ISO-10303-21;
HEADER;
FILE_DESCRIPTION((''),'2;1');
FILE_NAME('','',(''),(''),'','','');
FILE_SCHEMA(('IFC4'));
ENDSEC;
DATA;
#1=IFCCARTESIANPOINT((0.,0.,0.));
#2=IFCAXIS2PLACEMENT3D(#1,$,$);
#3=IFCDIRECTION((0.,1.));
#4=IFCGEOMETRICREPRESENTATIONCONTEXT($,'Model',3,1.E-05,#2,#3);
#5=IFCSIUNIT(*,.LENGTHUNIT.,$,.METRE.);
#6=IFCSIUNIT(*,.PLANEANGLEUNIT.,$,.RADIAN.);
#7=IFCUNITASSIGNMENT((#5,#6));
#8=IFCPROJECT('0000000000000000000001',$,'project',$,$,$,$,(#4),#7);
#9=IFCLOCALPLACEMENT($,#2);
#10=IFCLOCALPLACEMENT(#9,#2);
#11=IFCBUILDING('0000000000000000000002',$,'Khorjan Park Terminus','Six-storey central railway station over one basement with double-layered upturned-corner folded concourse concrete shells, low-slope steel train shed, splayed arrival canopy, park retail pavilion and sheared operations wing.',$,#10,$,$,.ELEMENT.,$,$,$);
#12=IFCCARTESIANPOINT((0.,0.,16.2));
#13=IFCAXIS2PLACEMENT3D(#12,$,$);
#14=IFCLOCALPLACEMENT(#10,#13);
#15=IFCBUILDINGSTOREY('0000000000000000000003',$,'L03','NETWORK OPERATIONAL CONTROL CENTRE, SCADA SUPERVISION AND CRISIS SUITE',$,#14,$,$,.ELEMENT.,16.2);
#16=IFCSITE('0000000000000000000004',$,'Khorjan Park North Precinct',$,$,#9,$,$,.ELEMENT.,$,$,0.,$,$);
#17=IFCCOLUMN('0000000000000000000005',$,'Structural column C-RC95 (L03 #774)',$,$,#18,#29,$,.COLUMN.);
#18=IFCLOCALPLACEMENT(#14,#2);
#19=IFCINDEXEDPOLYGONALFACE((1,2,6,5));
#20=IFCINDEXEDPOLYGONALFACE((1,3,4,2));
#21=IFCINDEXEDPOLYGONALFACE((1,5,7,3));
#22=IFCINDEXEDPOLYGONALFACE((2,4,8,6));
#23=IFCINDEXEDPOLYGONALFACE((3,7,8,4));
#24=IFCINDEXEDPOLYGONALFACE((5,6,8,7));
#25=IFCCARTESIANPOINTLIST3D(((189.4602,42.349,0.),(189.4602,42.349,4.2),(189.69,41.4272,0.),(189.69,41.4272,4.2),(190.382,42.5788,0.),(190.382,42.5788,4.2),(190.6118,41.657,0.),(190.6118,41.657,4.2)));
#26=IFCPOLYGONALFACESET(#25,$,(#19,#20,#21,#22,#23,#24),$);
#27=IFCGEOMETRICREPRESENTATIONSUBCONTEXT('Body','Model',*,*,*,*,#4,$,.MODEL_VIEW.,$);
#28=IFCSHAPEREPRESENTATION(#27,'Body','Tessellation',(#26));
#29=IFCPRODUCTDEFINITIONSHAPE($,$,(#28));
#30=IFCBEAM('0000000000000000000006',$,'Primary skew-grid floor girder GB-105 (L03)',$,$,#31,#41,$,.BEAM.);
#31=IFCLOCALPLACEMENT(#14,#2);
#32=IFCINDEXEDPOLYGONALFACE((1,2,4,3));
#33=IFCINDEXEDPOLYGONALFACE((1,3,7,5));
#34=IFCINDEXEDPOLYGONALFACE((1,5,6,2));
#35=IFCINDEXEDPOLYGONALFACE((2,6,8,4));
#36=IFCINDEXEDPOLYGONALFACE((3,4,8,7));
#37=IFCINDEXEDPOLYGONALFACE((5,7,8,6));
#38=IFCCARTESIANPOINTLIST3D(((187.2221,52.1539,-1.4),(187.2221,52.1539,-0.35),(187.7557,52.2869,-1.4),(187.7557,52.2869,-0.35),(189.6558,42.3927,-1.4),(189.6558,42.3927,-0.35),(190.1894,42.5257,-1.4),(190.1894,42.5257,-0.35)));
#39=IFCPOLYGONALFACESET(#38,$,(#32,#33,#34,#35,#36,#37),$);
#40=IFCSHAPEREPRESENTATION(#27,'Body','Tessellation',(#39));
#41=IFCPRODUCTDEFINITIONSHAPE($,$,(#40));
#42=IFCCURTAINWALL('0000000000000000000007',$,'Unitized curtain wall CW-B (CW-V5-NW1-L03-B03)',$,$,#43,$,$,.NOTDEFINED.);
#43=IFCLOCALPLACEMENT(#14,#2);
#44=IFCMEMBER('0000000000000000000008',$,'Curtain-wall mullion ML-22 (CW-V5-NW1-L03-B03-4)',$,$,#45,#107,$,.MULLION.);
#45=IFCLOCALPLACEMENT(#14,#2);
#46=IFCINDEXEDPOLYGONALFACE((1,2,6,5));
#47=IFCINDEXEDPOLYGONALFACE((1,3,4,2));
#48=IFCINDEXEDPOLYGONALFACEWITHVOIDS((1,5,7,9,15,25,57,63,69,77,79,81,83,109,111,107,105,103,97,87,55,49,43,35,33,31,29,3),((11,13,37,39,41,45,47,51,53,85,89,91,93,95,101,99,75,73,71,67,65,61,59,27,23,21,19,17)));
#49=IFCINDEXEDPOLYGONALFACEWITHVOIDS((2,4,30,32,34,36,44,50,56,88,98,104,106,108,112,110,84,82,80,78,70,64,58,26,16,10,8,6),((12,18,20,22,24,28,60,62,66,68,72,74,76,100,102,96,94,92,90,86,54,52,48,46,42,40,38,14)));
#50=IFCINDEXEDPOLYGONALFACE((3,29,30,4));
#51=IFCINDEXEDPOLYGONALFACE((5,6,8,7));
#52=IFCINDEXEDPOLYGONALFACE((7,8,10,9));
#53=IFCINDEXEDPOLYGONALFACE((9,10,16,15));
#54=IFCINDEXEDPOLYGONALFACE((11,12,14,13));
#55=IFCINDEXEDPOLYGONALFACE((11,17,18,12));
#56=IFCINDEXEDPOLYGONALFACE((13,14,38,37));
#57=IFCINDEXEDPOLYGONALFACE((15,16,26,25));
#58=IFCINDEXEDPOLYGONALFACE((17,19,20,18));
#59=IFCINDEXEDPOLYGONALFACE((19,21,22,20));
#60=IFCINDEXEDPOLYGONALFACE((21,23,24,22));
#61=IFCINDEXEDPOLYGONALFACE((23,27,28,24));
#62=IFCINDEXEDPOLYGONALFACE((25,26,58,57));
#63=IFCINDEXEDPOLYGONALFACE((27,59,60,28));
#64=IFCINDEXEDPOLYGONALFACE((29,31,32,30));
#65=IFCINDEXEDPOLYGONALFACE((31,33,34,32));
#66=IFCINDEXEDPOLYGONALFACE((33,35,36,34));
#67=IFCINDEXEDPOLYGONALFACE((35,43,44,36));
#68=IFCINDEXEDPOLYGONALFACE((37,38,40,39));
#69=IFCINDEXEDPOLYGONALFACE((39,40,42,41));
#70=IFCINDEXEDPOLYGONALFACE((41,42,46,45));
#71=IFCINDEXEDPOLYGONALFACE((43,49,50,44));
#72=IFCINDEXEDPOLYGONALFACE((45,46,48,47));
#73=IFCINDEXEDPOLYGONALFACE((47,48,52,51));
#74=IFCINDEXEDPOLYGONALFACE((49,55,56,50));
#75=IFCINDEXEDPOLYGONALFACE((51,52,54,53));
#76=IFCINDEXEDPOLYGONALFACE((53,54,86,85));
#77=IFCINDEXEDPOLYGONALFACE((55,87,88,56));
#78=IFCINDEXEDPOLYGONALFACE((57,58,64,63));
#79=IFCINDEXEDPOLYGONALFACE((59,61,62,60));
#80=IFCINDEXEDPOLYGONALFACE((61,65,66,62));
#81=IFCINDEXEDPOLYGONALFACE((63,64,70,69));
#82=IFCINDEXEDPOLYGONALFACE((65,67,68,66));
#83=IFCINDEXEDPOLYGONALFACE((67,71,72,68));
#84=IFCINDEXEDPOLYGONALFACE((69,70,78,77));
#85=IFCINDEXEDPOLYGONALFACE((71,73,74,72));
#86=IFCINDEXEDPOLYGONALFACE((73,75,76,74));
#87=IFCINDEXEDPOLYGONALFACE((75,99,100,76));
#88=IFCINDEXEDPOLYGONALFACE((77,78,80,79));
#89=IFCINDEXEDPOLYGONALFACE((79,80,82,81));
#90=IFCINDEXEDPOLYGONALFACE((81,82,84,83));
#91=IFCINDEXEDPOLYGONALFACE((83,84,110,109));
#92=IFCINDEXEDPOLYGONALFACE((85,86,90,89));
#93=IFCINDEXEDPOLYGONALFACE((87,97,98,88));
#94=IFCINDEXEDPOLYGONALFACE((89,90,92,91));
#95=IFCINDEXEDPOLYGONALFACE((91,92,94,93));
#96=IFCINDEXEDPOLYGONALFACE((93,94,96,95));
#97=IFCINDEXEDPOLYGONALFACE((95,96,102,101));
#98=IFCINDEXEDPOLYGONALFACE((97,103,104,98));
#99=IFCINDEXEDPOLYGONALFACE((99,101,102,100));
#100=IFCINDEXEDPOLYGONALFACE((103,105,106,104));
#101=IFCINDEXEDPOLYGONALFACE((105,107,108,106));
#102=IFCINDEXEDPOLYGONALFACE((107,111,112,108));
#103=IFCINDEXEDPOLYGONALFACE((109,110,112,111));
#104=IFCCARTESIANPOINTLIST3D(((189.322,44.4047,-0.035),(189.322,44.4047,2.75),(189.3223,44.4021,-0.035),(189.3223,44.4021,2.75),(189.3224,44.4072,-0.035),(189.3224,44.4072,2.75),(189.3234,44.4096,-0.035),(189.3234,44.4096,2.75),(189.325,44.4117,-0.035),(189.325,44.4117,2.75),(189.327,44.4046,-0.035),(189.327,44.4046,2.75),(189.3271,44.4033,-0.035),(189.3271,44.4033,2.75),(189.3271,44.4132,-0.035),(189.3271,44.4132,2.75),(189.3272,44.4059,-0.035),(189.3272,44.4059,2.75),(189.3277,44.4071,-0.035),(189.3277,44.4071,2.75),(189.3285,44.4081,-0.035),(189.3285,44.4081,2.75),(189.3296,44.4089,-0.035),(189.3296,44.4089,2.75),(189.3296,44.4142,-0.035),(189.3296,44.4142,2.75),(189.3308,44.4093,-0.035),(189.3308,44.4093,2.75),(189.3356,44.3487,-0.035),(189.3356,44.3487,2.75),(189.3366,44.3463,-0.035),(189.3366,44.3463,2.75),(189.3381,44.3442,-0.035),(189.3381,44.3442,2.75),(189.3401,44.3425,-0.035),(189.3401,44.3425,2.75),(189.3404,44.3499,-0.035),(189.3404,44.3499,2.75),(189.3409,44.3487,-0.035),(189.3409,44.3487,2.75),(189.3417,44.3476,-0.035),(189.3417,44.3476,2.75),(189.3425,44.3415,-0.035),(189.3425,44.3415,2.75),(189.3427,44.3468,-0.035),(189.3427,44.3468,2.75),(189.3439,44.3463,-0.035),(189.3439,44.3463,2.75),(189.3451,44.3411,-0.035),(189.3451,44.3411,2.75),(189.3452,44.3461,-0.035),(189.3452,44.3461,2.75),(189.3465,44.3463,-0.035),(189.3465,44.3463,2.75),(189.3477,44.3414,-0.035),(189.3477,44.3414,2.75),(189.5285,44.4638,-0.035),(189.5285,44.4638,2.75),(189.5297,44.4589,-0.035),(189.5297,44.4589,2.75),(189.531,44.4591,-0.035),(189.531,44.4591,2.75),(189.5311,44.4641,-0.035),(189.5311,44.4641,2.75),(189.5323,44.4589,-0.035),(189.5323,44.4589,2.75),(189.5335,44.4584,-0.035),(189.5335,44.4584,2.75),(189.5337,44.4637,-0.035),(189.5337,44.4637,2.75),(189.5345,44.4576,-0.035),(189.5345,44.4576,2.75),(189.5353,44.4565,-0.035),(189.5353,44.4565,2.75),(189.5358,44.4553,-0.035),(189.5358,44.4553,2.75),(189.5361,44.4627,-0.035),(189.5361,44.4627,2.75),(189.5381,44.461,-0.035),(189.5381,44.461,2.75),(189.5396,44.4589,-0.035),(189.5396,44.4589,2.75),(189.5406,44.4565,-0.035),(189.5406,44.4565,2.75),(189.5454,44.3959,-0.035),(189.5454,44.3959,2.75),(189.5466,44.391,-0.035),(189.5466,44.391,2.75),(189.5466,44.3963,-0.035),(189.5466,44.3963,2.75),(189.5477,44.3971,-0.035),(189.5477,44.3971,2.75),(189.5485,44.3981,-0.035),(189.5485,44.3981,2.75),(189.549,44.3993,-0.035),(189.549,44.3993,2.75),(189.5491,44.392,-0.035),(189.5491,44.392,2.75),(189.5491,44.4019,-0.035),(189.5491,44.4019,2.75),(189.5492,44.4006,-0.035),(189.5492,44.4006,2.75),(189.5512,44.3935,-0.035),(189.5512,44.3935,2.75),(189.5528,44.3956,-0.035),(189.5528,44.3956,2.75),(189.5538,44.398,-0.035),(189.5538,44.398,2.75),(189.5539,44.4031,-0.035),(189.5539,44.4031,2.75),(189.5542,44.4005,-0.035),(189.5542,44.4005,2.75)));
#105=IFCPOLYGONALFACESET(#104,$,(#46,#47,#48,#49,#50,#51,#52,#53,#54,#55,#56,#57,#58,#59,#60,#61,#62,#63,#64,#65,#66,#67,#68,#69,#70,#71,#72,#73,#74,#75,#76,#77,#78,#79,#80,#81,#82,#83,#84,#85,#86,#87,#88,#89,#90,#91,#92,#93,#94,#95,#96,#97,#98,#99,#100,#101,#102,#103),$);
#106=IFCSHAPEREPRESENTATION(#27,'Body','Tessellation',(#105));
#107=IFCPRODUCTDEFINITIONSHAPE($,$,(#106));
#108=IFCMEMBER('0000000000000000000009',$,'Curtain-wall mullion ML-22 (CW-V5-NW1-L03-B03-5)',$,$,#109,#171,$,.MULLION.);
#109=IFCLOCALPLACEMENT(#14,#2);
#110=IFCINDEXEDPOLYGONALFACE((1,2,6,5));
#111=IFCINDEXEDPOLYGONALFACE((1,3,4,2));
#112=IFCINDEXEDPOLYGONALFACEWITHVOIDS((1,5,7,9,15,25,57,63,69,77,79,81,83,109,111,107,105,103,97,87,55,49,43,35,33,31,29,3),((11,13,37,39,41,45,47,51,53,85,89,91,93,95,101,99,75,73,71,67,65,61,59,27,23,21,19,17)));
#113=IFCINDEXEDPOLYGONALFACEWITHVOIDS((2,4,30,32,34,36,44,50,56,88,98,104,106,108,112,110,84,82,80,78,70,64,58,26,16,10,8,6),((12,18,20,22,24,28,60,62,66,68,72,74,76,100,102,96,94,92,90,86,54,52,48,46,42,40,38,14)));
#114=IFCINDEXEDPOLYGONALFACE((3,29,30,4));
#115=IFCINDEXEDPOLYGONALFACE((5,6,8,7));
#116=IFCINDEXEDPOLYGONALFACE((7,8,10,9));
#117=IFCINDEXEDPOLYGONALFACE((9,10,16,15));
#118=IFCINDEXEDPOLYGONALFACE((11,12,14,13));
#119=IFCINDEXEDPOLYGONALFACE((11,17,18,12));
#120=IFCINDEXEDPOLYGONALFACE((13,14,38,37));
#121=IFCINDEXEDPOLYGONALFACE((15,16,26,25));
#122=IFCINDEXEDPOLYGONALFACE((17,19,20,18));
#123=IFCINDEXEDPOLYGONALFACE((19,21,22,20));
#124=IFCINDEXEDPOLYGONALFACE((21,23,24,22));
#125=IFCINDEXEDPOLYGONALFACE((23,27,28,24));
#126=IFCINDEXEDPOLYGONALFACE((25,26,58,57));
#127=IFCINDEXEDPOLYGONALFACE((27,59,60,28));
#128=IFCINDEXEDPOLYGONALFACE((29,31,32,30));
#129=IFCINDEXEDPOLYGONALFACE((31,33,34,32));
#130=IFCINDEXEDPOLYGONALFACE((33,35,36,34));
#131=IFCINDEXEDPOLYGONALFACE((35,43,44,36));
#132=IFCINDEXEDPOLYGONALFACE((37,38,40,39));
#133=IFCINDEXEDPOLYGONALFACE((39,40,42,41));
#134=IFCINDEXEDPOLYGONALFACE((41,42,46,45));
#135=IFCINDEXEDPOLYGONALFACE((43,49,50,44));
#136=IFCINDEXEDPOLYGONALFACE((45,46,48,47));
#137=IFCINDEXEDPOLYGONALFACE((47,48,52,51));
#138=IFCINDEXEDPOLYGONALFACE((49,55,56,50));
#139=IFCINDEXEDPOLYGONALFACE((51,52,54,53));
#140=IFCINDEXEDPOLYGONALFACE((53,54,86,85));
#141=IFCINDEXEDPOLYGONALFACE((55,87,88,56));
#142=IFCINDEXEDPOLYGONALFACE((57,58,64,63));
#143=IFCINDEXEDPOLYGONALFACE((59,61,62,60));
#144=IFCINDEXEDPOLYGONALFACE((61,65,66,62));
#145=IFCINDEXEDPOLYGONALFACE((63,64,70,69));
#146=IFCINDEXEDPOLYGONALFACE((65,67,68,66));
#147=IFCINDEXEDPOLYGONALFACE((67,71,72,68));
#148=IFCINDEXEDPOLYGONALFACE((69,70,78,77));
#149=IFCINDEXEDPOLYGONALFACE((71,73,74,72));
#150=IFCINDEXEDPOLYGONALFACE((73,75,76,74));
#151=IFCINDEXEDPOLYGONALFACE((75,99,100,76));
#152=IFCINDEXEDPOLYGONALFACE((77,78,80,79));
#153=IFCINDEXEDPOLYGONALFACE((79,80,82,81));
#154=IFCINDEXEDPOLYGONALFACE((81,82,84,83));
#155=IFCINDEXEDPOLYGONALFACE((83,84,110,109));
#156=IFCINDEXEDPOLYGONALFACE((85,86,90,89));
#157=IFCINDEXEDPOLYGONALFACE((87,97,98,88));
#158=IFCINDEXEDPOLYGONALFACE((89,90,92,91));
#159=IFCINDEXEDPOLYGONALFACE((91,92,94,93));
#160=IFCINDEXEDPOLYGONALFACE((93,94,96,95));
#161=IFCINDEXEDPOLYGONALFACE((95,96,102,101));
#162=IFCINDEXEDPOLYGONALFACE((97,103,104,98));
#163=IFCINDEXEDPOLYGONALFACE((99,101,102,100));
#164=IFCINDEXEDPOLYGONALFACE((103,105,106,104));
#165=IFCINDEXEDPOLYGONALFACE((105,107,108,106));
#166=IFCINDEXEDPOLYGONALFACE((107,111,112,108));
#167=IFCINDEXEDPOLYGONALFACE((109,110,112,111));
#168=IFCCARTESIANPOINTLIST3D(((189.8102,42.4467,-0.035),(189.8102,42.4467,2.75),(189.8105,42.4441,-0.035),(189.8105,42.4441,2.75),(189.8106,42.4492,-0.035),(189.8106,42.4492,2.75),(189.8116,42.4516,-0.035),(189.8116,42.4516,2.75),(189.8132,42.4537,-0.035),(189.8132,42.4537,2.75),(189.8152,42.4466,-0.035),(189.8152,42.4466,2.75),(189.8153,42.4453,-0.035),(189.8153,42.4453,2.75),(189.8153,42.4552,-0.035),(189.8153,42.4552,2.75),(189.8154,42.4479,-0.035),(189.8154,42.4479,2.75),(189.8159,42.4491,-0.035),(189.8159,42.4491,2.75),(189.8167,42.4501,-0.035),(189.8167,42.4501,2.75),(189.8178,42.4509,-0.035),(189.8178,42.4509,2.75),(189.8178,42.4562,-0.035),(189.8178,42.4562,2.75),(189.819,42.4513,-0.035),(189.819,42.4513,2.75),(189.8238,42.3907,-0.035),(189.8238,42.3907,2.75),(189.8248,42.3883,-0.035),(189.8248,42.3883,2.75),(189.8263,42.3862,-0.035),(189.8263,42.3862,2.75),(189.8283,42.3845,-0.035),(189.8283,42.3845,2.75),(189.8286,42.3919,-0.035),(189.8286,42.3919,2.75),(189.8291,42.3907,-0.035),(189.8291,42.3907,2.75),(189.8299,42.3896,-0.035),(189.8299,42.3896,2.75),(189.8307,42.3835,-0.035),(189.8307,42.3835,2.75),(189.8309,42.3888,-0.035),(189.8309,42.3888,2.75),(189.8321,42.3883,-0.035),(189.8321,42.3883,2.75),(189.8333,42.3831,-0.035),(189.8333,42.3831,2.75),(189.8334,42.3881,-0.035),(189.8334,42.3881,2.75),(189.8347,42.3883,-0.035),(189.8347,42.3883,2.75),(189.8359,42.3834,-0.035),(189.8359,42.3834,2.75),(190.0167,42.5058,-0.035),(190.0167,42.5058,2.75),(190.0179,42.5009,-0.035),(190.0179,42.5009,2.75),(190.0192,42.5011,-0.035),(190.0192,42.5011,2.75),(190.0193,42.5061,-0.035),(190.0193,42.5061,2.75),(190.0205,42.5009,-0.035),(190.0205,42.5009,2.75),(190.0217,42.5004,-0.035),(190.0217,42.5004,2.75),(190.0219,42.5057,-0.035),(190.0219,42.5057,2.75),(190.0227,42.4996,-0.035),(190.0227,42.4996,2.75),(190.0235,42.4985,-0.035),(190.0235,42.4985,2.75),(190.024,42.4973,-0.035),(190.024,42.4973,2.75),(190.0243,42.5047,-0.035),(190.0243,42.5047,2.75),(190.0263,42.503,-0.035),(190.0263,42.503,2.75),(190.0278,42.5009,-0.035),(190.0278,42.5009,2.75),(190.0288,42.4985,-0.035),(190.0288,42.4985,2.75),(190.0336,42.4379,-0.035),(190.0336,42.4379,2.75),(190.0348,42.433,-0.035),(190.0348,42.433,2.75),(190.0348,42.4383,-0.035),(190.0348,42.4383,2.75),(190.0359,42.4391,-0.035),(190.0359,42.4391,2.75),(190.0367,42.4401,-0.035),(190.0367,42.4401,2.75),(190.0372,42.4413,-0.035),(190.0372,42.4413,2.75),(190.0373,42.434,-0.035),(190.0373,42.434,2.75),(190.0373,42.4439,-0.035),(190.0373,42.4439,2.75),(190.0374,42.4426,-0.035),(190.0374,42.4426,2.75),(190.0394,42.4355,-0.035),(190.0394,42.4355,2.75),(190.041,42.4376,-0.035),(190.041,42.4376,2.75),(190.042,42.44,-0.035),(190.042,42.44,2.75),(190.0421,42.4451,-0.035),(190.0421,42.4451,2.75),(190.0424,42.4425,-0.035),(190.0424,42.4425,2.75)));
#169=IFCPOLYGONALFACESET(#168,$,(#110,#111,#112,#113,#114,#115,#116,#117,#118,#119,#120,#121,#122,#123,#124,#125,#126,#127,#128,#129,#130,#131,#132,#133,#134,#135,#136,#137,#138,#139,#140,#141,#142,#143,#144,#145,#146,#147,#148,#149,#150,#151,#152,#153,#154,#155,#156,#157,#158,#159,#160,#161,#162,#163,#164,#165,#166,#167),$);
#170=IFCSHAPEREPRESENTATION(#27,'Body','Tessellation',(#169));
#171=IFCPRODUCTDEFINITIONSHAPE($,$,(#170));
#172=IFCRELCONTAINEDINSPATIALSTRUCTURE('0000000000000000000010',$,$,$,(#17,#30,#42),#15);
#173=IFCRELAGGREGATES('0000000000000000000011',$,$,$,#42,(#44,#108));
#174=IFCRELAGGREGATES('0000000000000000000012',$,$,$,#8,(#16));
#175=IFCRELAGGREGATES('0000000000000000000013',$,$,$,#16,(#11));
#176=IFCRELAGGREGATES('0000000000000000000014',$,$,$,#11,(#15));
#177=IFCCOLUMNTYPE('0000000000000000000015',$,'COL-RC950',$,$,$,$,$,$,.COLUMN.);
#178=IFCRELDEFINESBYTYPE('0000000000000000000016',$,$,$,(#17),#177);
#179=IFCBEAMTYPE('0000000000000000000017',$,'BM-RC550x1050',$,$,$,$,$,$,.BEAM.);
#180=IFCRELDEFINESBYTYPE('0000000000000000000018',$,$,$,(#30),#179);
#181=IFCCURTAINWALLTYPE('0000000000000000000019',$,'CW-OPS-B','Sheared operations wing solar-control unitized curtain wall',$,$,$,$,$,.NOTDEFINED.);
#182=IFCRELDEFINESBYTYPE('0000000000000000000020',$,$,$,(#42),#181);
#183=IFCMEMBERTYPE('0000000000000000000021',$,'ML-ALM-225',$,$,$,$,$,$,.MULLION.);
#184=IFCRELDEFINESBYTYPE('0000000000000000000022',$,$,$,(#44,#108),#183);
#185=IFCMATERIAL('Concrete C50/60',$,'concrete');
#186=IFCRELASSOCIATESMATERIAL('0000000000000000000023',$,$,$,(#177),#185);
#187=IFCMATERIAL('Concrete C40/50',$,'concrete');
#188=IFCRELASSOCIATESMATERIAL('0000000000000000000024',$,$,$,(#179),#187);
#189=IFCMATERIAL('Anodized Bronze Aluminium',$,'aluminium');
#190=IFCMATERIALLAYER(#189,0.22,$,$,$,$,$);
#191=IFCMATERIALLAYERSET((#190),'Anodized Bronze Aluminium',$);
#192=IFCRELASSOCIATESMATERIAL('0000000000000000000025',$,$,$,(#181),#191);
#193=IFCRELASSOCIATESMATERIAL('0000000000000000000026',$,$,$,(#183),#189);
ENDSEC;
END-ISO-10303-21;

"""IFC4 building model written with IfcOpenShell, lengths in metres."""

from ifc_helpers import new_model, si_unit, direction, frame, origin, origin_2d, place, context, subcontext, project, spatial, rectangle, hollow_rectangle, extrude, material, layer, layer_set, material_profile, profile_set, type_object, element, aggregate, save


model = new_model("IFC4")

# Units and contexts
model_context = context("Model", 3, precision=1e-05, world=origin(), true_north=direction((0.0, 1.0)))
body_context = subcontext(model_context, "Body", "Model", "MODEL_VIEW")
ifc_project = project(units=[si_unit("LENGTHUNIT", "METRE"), si_unit("PLANEANGLEUNIT", "RADIAN")], contexts=[model_context])

# Site, building, storey
site_placement = place(None, origin())
site = spatial("IfcSite", under=ifc_project, at=site_placement, Name="Khorjan Park North Precinct", CompositionType="ELEMENT", RefElevation=0.0)
building_placement = place(site_placement, origin())
building = spatial("IfcBuilding", under=site, at=building_placement, Name="Khorjan Park Terminus", Description="Six-storey central railway station over one basement with double-layered upturned-corner folded concourse concrete shells, low-slope steel train shed, splayed arrival canopy, park retail pavilion and sheared operations wing.", CompositionType="ELEMENT")
storey_placement = place(building_placement, frame((0.0, 0.0, 16.2)))
storey = spatial("IfcBuildingStorey", under=building, at=storey_placement, Name="L03", Description="NETWORK OPERATIONAL CONTROL CENTRE, SCADA SUPERVISION AND CRISIS SUITE", CompositionType="ELEMENT", Elevation=16.2)

# Column
ifc_material_1 = material(Name="Concrete C50/60", Category="concrete")
ifc_material_profile_1 = material_profile(ifc_material_1, rectangle(XDim=0.95, YDim=0.95, at=origin_2d()), Name="RC 950x950")
ifc_profile_set_1 = profile_set([ifc_material_profile_1], Name="Concrete C50/60")
column_type = type_object("IfcColumnType", Name="COL-RC950", PredefinedType="COLUMN", material=ifc_profile_set_1)
column_placement = place(storey_placement, frame((190.036, 42.003, 0.0), z_axis=(0.0, 0.0, 1.0), x_axis=(0.970296, 0.241922, 0.0)))
element("IfcColumn", 1, at=column_placement, inside=storey, type_object=column_type, Name="Structural column C-RC95 (L03 #774)", PredefinedType="COLUMN", context=body_context, shape_type="SweptSolid", body=[
    extrude(rectangle(XDim=0.95, YDim=0.95, at=origin_2d()), origin(), (0.0, 0.0, 1.0), 4.2),
])

# Beam
ifc_material_2 = material(Name="Concrete C40/50", Category="concrete")
ifc_material_profile_2 = material_profile(ifc_material_2, rectangle(XDim=0.55, YDim=1.05, at=origin_2d()), Name="RC 550x1050")
ifc_profile_set_2 = profile_set([ifc_material_profile_2], Name="Concrete C40/50")
beam_type = type_object("IfcBeamType", Name="BM-RC550x1050", PredefinedType="BEAM", material=ifc_profile_set_2)
beam_placement = place(storey_placement, frame((189.9226, 42.4592, -0.875), z_axis=(-0.241918, 0.970297, 0.0), x_axis=(-0.970297, -0.241918, 0.0)))
element("IfcBeam", 2, at=beam_placement, inside=storey, type_object=beam_type, Name="Primary skew-grid floor girder GB-105 (L03)", PredefinedType="BEAM", context=body_context, shape_type="SweptSolid", body=[
    extrude(rectangle(XDim=0.55, YDim=1.05, at=origin_2d()), origin(), (0.0, 0.0, 1.0), 10.06),
])

# Curtain wall, members
ifc_material_3 = material(Name="Anodized Bronze Aluminium", Category="aluminium")
ifc_layer_1 = layer(ifc_material_3, 0.22)
ifc_layer_set_1 = layer_set([ifc_layer_1], Name="Anodized Bronze Aluminium")
curtain_wall_type = type_object("IfcCurtainWallType", Name="CW-OPS-B", Description="Sheared operations wing solar-control unitized curtain wall", PredefinedType="NOTDEFINED", material=ifc_layer_set_1)
curtain_wall_1_placement = place(storey_placement, origin())
curtain_wall_1 = element("IfcCurtainWall", 3, at=curtain_wall_1_placement, inside=storey, type_object=curtain_wall_type, Name="Unitized curtain wall CW-B (CW-V5-NW1-L03-B03)", PredefinedType="NOTDEFINED")
ifc_material_profile_3 = material_profile(ifc_material_3, hollow_rectangle(XDim=0.075, YDim=0.225, WallThickness=0.005, InnerFilletRadius=0.005, OuterFilletRadius=0.01, at=origin_2d()), Name="ALM 75x225x5")
ifc_profile_set_3 = profile_set([ifc_material_profile_3], Name="Anodized Bronze Aluminium")
member_type_1 = type_object("IfcMemberType", Name="ML-ALM-225", PredefinedType="MULLION", material=ifc_profile_set_3)
member_1_placement = place(storey_placement, frame((189.4381, 44.4026, -0.035), z_axis=(0.0, 0.0, 1.0), x_axis=(0.24192, -0.970296, 0.0)))
member_1 = element("IfcMember", 4, at=member_1_placement, type_object=member_type_1, Name="Curtain-wall mullion ML-22 (CW-V5-NW1-L03-B03-4)", PredefinedType="MULLION", context=body_context, shape_type="SweptSolid", body=[
    extrude(hollow_rectangle(XDim=0.075, YDim=0.225, WallThickness=0.005, InnerFilletRadius=0.005, OuterFilletRadius=0.01, at=origin_2d()), origin(), (0.0, 0.0, 1.0), 2.785),
])
member_2_placement = place(storey_placement, frame((189.9263, 42.4446, -0.035), z_axis=(0.0, 0.0, 1.0), x_axis=(0.24192, -0.970296, 0.0)))
member_2 = element("IfcMember", 5, at=member_2_placement, type_object=member_type_1, Name="Curtain-wall mullion ML-22 (CW-V5-NW1-L03-B03-5)", PredefinedType="MULLION", context=body_context, shape_type="SweptSolid", body=[
    extrude(hollow_rectangle(XDim=0.075, YDim=0.225, WallThickness=0.005, InnerFilletRadius=0.005, OuterFilletRadius=0.01, at=origin_2d()), origin(), (0.0, 0.0, 1.0), 2.785),
])

aggregate(curtain_wall_1, [member_1, member_2])

save(model, "model.ifc")
